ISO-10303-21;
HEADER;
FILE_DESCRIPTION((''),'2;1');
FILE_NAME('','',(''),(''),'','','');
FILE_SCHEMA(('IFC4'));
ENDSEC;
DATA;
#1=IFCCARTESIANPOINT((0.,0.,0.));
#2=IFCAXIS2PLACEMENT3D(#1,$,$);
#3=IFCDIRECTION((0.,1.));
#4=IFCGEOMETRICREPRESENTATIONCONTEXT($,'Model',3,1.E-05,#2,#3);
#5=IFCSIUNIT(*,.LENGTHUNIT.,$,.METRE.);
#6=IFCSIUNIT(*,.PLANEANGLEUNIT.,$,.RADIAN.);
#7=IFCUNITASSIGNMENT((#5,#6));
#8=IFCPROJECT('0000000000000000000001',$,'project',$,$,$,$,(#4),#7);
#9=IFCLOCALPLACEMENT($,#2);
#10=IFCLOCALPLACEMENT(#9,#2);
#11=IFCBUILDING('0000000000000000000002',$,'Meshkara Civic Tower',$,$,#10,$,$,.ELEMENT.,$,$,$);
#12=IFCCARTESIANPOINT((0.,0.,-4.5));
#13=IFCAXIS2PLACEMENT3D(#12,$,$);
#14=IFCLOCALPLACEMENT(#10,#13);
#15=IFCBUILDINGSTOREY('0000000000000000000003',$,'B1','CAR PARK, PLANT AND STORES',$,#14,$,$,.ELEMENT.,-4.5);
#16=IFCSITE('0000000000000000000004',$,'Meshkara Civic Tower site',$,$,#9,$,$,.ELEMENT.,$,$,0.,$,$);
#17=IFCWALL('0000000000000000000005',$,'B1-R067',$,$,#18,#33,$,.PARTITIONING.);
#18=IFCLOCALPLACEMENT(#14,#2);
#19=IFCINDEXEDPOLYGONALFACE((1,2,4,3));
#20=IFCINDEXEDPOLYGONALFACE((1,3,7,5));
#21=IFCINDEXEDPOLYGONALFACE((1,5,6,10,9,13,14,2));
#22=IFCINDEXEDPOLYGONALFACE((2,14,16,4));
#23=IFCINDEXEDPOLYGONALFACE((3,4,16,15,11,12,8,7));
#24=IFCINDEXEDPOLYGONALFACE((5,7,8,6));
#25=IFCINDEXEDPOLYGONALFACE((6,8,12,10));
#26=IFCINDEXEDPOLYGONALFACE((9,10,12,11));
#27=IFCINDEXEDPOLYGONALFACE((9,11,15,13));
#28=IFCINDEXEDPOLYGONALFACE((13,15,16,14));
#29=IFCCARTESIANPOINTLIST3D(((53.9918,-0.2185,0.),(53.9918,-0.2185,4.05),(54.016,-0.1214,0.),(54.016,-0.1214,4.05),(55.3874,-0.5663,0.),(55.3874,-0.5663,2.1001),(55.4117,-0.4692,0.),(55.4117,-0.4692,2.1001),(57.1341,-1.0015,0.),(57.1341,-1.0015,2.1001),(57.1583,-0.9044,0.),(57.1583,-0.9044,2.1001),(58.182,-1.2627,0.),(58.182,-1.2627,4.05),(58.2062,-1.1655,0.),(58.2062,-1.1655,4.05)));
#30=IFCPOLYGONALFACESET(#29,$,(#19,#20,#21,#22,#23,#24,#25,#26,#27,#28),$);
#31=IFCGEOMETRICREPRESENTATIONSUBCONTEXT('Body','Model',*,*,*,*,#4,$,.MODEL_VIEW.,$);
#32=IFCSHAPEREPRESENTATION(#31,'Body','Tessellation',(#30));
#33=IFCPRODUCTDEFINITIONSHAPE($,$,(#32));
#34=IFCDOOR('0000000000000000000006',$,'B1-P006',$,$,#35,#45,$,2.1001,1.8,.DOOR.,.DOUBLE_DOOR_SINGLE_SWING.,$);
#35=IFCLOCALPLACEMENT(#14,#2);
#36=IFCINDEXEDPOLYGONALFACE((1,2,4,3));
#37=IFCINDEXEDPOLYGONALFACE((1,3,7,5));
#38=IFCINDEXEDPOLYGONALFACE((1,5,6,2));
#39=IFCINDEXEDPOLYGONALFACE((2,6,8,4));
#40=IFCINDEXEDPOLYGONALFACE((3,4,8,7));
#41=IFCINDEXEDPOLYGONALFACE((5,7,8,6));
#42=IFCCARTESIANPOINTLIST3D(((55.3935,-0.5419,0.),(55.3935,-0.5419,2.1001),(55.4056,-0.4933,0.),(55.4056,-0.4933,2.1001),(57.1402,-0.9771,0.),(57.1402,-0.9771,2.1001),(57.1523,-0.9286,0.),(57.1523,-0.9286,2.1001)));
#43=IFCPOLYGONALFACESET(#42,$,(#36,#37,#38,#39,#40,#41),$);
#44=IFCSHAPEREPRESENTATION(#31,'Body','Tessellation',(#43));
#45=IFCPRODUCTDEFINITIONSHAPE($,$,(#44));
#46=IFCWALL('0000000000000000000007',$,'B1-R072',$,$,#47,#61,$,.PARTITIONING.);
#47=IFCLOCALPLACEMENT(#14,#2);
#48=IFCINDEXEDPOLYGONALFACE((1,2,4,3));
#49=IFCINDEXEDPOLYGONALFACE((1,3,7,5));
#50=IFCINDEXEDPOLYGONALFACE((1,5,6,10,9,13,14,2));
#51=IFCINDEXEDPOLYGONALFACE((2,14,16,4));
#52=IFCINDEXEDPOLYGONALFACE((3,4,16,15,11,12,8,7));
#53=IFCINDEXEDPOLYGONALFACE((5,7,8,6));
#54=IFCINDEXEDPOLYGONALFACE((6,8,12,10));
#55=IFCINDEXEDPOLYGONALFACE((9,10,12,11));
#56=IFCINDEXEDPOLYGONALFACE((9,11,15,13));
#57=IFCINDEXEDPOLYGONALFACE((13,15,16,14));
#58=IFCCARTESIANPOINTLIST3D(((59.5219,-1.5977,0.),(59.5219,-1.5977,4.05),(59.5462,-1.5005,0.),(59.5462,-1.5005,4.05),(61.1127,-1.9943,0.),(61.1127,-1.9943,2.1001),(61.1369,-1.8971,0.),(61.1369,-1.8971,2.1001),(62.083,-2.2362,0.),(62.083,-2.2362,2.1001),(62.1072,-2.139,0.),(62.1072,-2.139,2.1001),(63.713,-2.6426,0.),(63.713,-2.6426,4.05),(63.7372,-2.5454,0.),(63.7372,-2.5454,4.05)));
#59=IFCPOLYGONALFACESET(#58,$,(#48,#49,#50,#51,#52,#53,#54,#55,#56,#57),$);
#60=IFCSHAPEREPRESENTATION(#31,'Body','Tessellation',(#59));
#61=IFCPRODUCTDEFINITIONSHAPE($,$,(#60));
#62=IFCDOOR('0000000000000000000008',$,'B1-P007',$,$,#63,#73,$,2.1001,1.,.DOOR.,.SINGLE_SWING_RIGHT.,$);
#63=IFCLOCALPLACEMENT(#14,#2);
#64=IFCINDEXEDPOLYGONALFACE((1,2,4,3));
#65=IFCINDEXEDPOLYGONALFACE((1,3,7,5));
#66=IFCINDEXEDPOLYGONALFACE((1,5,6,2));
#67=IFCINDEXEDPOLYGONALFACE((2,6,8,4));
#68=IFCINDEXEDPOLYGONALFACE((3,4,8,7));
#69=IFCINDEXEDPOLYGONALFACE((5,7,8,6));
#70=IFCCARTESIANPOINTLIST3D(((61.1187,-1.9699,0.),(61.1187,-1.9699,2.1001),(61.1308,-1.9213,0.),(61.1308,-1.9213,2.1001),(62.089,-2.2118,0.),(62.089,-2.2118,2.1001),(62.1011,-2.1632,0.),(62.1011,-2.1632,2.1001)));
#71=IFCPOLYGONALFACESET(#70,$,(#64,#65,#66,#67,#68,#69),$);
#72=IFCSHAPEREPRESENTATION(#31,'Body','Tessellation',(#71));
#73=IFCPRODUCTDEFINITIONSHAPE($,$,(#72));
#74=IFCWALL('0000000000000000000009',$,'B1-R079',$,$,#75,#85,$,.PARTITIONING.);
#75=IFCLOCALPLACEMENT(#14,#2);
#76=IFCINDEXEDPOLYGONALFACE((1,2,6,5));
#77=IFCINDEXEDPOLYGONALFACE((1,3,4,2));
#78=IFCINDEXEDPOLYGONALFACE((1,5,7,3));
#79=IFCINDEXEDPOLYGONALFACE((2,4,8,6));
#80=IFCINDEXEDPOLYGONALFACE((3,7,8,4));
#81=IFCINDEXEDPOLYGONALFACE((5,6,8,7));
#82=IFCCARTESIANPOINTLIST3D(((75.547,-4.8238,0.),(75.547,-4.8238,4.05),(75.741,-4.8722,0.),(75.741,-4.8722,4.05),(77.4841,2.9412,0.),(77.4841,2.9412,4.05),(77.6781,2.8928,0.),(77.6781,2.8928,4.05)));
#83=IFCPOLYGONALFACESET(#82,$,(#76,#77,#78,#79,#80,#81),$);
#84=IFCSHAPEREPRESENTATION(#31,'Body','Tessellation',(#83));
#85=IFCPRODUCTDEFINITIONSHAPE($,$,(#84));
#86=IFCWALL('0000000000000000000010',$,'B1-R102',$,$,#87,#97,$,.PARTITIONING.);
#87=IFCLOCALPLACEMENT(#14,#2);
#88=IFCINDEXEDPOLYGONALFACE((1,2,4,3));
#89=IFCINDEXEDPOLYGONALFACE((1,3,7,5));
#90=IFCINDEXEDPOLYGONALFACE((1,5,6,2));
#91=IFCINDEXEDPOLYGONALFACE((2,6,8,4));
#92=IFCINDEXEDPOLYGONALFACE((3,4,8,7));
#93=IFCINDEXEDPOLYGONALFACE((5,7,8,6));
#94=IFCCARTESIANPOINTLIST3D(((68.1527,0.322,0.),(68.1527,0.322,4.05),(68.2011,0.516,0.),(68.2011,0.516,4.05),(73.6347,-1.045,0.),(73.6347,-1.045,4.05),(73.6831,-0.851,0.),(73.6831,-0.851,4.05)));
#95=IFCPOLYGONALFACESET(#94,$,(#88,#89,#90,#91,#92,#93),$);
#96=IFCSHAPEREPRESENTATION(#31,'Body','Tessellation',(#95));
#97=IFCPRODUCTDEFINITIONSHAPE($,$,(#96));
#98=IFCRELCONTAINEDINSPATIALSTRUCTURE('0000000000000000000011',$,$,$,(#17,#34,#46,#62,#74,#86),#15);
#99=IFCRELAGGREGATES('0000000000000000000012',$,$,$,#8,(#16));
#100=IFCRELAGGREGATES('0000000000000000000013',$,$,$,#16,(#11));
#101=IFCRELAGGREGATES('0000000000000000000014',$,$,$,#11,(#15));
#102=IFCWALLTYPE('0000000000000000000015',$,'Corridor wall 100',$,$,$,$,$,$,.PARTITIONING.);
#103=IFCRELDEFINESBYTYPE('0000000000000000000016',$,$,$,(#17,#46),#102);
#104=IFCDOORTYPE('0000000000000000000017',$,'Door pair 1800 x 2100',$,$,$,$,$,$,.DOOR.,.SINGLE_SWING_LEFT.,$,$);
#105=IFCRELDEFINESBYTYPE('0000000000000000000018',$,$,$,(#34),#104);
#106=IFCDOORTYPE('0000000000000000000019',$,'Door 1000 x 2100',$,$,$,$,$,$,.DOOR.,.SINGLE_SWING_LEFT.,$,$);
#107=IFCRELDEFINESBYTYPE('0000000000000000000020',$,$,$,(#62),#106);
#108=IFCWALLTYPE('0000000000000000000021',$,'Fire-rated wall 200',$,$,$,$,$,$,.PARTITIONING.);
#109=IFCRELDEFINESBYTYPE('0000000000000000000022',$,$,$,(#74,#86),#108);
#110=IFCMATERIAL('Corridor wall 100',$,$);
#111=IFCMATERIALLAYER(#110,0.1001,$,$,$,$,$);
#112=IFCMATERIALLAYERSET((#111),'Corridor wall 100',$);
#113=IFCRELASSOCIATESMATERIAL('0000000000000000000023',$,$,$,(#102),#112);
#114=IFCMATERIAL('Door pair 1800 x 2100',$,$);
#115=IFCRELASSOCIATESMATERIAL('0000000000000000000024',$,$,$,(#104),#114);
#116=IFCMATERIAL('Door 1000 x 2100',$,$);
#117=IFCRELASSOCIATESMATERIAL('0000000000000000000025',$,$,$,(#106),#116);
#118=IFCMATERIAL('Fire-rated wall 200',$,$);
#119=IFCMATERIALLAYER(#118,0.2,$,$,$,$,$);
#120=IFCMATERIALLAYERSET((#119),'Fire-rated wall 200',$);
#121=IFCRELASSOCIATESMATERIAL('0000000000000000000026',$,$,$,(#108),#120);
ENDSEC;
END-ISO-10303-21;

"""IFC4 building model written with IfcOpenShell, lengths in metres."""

from ifc_helpers import new_model, si_unit, direction, frame, frame_2d, origin, place, context, subcontext, project, spatial, rectangle, extrude, material, layer, layer_set, type_object, element, fill, save


model = new_model("IFC4")

# Units and contexts
model_context = context("Model", 3, precision=1e-05, world=origin(), true_north=direction((0.0, 1.0)))
body_context = subcontext(model_context, "Body", "Model", "MODEL_VIEW")
ifc_project = project(units=[si_unit("LENGTHUNIT", "METRE"), si_unit("PLANEANGLEUNIT", "RADIAN")], contexts=[model_context])

# Site, building, storey
site_placement = place(None, origin())
site = spatial("IfcSite", under=ifc_project, at=site_placement, Name="Meshkara Civic Tower site", CompositionType="ELEMENT", RefElevation=0.0)
building_placement = place(site_placement, origin())
building = spatial("IfcBuilding", under=site, at=building_placement, Name="Meshkara Civic Tower", CompositionType="ELEMENT")
storey_placement = place(building_placement, frame((0.0, 0.0, -4.5)))
storey = spatial("IfcBuildingStorey", under=building, at=storey_placement, Name="B1", Description="CAR PARK, PLANT AND STORES", CompositionType="ELEMENT", Elevation=-4.5)

# Walls, openings, doors
ifc_material_1 = material(Name="Corridor wall 100")
ifc_layer_1 = layer(ifc_material_1, 0.1001)
ifc_layer_set_1 = layer_set([ifc_layer_1], Name="Corridor wall 100")
wall_type_1 = type_object("IfcWallType", Name="Corridor wall 100", PredefinedType="PARTITIONING", material=ifc_layer_set_1)
wall_1_placement = place(storey_placement, frame((58.1941, -1.2141, 0.0), z_axis=(0.0, 0.0, 1.0), x_axis=(-0.970325, 0.241804, 0.0)))
wall_1 = element("IfcWall", 1, at=wall_1_placement, inside=storey, type_object=wall_type_1, Name="B1-R067", PredefinedType="PARTITIONING", context=body_context, shape_type="SweptSolid", body=[
    extrude(rectangle(XDim=4.3184, YDim=0.1001, at=frame_2d((2.1592, 0.0))), origin(), (0.0, 0.0, 1.0), 4.05),
])
opening_1_placement = place(wall_1_placement, frame((1.0801, 0.0, 0.0)))
opening_1 = element("IfcOpeningElement", 2, at=opening_1_placement, cuts=wall_1, PredefinedType="OPENING", context=body_context, shape_type="SweptSolid", body=[
    extrude(rectangle(XDim=1.8, YDim=2.1001, at=frame_2d((0.8999, 1.05))), frame((0.0, 0.0601, 0.0), z_axis=(0.0, -1.0, 0.0), x_axis=(1.0, 0.0, 0.0)), (0.0, 0.0, 1.0), 0.1201),
])
ifc_material_2 = material(Name="Door pair 1800 x 2100")
door_type_1 = type_object("IfcDoorType", Name="Door pair 1800 x 2100", OperationType="SINGLE_SWING_LEFT", PredefinedType="DOOR", material=ifc_material_2)
door_1_placement = place(opening_1_placement, origin())
door_1 = element("IfcDoor", 3, at=door_1_placement, inside=storey, type_object=door_type_1, Name="B1-P006", OperationType="DOUBLE_DOOR_SINGLE_SWING", OverallHeight=2.1001, OverallWidth=1.8, PredefinedType="DOOR", context=body_context, shape_type="SweptSolid", body=[
    extrude(rectangle(XDim=1.8, YDim=2.1001, at=frame_2d((0.8999, 1.05))), frame((0.0, 0.0249, 0.0), z_axis=(0.0, -1.0, 0.0), x_axis=(1.0, 0.0, 0.0)), (0.0, 0.0, 1.0), 0.05),
])
fill(opening_1, door_1)
wall_2_placement = place(storey_placement, frame((63.7251, -2.594, 0.0), z_axis=(0.0, 0.0, 1.0), x_axis=(-0.970299, 0.241911, 0.0)))
wall_2 = element("IfcWall", 4, at=wall_2_placement, inside=storey, type_object=wall_type_1, Name="B1-R072", PredefinedType="PARTITIONING", context=body_context, shape_type="SweptSolid", body=[
    extrude(rectangle(XDim=4.3193, YDim=0.1001, at=frame_2d((2.1597, 0.0))), origin(), (0.0, 0.0, 1.0), 4.05),
])
opening_2_placement = place(wall_2_placement, frame((1.6799, 0.0, 0.0)))
opening_2 = element("IfcOpeningElement", 5, at=opening_2_placement, cuts=wall_2, PredefinedType="OPENING", context=body_context, shape_type="SweptSolid", body=[
    extrude(rectangle(XDim=1.0, YDim=2.1001, at=frame_2d((0.5, 1.05))), frame((0.0, 0.0601, 0.0), z_axis=(0.0, -1.0, 0.0), x_axis=(1.0, 0.0, 0.0)), (0.0, 0.0, 1.0), 0.1201),
])
ifc_material_3 = material(Name="Door 1000 x 2100")
door_type_2 = type_object("IfcDoorType", Name="Door 1000 x 2100", OperationType="SINGLE_SWING_LEFT", PredefinedType="DOOR", material=ifc_material_3)
door_2_placement = place(opening_2_placement, origin())
door_2 = element("IfcDoor", 6, at=door_2_placement, inside=storey, type_object=door_type_2, Name="B1-P007", OperationType="SINGLE_SWING_RIGHT", OverallHeight=2.1001, OverallWidth=1.0, PredefinedType="DOOR", context=body_context, shape_type="SweptSolid", body=[
    extrude(rectangle(XDim=1.0, YDim=2.1001, at=frame_2d((0.5, 1.05))), frame((0.0, 0.0249, 0.0), z_axis=(0.0, -1.0, 0.0), x_axis=(1.0, 0.0, 0.0)), (0.0, 0.0, 1.0), 0.05),
])
fill(opening_2, door_2)

# Walls
ifc_material_4 = material(Name="Fire-rated wall 200")
ifc_layer_2 = layer(ifc_material_4, 0.2)
ifc_layer_set_2 = layer_set([ifc_layer_2], Name="Fire-rated wall 200")
wall_type_2 = type_object("IfcWallType", Name="Fire-rated wall 200", PredefinedType="PARTITIONING", material=ifc_layer_set_2)
wall_3_placement = place(storey_placement, frame((77.5811, 2.917, 0.0), z_axis=(0.0, 0.0, 1.0), x_axis=(-0.24204, -0.970266, 0.0)))
element("IfcWall", 7, at=wall_3_placement, inside=storey, type_object=wall_type_2, Name="B1-R079", PredefinedType="PARTITIONING", context=body_context, shape_type="SweptSolid", body=[
    extrude(rectangle(XDim=8.0029, YDim=0.2, at=frame_2d((4.0015, 0.0))), origin(), (0.0, 0.0, 1.0), 4.05),
])
wall_4_placement = place(storey_placement, frame((73.6589, -0.948, 0.0), z_axis=(0.0, 0.0, 1.0), x_axis=(-0.97029, 0.241946, 0.0)))
element("IfcWall", 8, at=wall_4_placement, inside=storey, type_object=wall_type_2, Name="B1-R102", PredefinedType="PARTITIONING", context=body_context, shape_type="SweptSolid", body=[
    extrude(rectangle(XDim=5.6499, YDim=0.2, at=frame_2d((2.825, 0.0))), origin(), (0.0, 0.0, 1.0), 4.05),
])

save(model, "model.ifc")
